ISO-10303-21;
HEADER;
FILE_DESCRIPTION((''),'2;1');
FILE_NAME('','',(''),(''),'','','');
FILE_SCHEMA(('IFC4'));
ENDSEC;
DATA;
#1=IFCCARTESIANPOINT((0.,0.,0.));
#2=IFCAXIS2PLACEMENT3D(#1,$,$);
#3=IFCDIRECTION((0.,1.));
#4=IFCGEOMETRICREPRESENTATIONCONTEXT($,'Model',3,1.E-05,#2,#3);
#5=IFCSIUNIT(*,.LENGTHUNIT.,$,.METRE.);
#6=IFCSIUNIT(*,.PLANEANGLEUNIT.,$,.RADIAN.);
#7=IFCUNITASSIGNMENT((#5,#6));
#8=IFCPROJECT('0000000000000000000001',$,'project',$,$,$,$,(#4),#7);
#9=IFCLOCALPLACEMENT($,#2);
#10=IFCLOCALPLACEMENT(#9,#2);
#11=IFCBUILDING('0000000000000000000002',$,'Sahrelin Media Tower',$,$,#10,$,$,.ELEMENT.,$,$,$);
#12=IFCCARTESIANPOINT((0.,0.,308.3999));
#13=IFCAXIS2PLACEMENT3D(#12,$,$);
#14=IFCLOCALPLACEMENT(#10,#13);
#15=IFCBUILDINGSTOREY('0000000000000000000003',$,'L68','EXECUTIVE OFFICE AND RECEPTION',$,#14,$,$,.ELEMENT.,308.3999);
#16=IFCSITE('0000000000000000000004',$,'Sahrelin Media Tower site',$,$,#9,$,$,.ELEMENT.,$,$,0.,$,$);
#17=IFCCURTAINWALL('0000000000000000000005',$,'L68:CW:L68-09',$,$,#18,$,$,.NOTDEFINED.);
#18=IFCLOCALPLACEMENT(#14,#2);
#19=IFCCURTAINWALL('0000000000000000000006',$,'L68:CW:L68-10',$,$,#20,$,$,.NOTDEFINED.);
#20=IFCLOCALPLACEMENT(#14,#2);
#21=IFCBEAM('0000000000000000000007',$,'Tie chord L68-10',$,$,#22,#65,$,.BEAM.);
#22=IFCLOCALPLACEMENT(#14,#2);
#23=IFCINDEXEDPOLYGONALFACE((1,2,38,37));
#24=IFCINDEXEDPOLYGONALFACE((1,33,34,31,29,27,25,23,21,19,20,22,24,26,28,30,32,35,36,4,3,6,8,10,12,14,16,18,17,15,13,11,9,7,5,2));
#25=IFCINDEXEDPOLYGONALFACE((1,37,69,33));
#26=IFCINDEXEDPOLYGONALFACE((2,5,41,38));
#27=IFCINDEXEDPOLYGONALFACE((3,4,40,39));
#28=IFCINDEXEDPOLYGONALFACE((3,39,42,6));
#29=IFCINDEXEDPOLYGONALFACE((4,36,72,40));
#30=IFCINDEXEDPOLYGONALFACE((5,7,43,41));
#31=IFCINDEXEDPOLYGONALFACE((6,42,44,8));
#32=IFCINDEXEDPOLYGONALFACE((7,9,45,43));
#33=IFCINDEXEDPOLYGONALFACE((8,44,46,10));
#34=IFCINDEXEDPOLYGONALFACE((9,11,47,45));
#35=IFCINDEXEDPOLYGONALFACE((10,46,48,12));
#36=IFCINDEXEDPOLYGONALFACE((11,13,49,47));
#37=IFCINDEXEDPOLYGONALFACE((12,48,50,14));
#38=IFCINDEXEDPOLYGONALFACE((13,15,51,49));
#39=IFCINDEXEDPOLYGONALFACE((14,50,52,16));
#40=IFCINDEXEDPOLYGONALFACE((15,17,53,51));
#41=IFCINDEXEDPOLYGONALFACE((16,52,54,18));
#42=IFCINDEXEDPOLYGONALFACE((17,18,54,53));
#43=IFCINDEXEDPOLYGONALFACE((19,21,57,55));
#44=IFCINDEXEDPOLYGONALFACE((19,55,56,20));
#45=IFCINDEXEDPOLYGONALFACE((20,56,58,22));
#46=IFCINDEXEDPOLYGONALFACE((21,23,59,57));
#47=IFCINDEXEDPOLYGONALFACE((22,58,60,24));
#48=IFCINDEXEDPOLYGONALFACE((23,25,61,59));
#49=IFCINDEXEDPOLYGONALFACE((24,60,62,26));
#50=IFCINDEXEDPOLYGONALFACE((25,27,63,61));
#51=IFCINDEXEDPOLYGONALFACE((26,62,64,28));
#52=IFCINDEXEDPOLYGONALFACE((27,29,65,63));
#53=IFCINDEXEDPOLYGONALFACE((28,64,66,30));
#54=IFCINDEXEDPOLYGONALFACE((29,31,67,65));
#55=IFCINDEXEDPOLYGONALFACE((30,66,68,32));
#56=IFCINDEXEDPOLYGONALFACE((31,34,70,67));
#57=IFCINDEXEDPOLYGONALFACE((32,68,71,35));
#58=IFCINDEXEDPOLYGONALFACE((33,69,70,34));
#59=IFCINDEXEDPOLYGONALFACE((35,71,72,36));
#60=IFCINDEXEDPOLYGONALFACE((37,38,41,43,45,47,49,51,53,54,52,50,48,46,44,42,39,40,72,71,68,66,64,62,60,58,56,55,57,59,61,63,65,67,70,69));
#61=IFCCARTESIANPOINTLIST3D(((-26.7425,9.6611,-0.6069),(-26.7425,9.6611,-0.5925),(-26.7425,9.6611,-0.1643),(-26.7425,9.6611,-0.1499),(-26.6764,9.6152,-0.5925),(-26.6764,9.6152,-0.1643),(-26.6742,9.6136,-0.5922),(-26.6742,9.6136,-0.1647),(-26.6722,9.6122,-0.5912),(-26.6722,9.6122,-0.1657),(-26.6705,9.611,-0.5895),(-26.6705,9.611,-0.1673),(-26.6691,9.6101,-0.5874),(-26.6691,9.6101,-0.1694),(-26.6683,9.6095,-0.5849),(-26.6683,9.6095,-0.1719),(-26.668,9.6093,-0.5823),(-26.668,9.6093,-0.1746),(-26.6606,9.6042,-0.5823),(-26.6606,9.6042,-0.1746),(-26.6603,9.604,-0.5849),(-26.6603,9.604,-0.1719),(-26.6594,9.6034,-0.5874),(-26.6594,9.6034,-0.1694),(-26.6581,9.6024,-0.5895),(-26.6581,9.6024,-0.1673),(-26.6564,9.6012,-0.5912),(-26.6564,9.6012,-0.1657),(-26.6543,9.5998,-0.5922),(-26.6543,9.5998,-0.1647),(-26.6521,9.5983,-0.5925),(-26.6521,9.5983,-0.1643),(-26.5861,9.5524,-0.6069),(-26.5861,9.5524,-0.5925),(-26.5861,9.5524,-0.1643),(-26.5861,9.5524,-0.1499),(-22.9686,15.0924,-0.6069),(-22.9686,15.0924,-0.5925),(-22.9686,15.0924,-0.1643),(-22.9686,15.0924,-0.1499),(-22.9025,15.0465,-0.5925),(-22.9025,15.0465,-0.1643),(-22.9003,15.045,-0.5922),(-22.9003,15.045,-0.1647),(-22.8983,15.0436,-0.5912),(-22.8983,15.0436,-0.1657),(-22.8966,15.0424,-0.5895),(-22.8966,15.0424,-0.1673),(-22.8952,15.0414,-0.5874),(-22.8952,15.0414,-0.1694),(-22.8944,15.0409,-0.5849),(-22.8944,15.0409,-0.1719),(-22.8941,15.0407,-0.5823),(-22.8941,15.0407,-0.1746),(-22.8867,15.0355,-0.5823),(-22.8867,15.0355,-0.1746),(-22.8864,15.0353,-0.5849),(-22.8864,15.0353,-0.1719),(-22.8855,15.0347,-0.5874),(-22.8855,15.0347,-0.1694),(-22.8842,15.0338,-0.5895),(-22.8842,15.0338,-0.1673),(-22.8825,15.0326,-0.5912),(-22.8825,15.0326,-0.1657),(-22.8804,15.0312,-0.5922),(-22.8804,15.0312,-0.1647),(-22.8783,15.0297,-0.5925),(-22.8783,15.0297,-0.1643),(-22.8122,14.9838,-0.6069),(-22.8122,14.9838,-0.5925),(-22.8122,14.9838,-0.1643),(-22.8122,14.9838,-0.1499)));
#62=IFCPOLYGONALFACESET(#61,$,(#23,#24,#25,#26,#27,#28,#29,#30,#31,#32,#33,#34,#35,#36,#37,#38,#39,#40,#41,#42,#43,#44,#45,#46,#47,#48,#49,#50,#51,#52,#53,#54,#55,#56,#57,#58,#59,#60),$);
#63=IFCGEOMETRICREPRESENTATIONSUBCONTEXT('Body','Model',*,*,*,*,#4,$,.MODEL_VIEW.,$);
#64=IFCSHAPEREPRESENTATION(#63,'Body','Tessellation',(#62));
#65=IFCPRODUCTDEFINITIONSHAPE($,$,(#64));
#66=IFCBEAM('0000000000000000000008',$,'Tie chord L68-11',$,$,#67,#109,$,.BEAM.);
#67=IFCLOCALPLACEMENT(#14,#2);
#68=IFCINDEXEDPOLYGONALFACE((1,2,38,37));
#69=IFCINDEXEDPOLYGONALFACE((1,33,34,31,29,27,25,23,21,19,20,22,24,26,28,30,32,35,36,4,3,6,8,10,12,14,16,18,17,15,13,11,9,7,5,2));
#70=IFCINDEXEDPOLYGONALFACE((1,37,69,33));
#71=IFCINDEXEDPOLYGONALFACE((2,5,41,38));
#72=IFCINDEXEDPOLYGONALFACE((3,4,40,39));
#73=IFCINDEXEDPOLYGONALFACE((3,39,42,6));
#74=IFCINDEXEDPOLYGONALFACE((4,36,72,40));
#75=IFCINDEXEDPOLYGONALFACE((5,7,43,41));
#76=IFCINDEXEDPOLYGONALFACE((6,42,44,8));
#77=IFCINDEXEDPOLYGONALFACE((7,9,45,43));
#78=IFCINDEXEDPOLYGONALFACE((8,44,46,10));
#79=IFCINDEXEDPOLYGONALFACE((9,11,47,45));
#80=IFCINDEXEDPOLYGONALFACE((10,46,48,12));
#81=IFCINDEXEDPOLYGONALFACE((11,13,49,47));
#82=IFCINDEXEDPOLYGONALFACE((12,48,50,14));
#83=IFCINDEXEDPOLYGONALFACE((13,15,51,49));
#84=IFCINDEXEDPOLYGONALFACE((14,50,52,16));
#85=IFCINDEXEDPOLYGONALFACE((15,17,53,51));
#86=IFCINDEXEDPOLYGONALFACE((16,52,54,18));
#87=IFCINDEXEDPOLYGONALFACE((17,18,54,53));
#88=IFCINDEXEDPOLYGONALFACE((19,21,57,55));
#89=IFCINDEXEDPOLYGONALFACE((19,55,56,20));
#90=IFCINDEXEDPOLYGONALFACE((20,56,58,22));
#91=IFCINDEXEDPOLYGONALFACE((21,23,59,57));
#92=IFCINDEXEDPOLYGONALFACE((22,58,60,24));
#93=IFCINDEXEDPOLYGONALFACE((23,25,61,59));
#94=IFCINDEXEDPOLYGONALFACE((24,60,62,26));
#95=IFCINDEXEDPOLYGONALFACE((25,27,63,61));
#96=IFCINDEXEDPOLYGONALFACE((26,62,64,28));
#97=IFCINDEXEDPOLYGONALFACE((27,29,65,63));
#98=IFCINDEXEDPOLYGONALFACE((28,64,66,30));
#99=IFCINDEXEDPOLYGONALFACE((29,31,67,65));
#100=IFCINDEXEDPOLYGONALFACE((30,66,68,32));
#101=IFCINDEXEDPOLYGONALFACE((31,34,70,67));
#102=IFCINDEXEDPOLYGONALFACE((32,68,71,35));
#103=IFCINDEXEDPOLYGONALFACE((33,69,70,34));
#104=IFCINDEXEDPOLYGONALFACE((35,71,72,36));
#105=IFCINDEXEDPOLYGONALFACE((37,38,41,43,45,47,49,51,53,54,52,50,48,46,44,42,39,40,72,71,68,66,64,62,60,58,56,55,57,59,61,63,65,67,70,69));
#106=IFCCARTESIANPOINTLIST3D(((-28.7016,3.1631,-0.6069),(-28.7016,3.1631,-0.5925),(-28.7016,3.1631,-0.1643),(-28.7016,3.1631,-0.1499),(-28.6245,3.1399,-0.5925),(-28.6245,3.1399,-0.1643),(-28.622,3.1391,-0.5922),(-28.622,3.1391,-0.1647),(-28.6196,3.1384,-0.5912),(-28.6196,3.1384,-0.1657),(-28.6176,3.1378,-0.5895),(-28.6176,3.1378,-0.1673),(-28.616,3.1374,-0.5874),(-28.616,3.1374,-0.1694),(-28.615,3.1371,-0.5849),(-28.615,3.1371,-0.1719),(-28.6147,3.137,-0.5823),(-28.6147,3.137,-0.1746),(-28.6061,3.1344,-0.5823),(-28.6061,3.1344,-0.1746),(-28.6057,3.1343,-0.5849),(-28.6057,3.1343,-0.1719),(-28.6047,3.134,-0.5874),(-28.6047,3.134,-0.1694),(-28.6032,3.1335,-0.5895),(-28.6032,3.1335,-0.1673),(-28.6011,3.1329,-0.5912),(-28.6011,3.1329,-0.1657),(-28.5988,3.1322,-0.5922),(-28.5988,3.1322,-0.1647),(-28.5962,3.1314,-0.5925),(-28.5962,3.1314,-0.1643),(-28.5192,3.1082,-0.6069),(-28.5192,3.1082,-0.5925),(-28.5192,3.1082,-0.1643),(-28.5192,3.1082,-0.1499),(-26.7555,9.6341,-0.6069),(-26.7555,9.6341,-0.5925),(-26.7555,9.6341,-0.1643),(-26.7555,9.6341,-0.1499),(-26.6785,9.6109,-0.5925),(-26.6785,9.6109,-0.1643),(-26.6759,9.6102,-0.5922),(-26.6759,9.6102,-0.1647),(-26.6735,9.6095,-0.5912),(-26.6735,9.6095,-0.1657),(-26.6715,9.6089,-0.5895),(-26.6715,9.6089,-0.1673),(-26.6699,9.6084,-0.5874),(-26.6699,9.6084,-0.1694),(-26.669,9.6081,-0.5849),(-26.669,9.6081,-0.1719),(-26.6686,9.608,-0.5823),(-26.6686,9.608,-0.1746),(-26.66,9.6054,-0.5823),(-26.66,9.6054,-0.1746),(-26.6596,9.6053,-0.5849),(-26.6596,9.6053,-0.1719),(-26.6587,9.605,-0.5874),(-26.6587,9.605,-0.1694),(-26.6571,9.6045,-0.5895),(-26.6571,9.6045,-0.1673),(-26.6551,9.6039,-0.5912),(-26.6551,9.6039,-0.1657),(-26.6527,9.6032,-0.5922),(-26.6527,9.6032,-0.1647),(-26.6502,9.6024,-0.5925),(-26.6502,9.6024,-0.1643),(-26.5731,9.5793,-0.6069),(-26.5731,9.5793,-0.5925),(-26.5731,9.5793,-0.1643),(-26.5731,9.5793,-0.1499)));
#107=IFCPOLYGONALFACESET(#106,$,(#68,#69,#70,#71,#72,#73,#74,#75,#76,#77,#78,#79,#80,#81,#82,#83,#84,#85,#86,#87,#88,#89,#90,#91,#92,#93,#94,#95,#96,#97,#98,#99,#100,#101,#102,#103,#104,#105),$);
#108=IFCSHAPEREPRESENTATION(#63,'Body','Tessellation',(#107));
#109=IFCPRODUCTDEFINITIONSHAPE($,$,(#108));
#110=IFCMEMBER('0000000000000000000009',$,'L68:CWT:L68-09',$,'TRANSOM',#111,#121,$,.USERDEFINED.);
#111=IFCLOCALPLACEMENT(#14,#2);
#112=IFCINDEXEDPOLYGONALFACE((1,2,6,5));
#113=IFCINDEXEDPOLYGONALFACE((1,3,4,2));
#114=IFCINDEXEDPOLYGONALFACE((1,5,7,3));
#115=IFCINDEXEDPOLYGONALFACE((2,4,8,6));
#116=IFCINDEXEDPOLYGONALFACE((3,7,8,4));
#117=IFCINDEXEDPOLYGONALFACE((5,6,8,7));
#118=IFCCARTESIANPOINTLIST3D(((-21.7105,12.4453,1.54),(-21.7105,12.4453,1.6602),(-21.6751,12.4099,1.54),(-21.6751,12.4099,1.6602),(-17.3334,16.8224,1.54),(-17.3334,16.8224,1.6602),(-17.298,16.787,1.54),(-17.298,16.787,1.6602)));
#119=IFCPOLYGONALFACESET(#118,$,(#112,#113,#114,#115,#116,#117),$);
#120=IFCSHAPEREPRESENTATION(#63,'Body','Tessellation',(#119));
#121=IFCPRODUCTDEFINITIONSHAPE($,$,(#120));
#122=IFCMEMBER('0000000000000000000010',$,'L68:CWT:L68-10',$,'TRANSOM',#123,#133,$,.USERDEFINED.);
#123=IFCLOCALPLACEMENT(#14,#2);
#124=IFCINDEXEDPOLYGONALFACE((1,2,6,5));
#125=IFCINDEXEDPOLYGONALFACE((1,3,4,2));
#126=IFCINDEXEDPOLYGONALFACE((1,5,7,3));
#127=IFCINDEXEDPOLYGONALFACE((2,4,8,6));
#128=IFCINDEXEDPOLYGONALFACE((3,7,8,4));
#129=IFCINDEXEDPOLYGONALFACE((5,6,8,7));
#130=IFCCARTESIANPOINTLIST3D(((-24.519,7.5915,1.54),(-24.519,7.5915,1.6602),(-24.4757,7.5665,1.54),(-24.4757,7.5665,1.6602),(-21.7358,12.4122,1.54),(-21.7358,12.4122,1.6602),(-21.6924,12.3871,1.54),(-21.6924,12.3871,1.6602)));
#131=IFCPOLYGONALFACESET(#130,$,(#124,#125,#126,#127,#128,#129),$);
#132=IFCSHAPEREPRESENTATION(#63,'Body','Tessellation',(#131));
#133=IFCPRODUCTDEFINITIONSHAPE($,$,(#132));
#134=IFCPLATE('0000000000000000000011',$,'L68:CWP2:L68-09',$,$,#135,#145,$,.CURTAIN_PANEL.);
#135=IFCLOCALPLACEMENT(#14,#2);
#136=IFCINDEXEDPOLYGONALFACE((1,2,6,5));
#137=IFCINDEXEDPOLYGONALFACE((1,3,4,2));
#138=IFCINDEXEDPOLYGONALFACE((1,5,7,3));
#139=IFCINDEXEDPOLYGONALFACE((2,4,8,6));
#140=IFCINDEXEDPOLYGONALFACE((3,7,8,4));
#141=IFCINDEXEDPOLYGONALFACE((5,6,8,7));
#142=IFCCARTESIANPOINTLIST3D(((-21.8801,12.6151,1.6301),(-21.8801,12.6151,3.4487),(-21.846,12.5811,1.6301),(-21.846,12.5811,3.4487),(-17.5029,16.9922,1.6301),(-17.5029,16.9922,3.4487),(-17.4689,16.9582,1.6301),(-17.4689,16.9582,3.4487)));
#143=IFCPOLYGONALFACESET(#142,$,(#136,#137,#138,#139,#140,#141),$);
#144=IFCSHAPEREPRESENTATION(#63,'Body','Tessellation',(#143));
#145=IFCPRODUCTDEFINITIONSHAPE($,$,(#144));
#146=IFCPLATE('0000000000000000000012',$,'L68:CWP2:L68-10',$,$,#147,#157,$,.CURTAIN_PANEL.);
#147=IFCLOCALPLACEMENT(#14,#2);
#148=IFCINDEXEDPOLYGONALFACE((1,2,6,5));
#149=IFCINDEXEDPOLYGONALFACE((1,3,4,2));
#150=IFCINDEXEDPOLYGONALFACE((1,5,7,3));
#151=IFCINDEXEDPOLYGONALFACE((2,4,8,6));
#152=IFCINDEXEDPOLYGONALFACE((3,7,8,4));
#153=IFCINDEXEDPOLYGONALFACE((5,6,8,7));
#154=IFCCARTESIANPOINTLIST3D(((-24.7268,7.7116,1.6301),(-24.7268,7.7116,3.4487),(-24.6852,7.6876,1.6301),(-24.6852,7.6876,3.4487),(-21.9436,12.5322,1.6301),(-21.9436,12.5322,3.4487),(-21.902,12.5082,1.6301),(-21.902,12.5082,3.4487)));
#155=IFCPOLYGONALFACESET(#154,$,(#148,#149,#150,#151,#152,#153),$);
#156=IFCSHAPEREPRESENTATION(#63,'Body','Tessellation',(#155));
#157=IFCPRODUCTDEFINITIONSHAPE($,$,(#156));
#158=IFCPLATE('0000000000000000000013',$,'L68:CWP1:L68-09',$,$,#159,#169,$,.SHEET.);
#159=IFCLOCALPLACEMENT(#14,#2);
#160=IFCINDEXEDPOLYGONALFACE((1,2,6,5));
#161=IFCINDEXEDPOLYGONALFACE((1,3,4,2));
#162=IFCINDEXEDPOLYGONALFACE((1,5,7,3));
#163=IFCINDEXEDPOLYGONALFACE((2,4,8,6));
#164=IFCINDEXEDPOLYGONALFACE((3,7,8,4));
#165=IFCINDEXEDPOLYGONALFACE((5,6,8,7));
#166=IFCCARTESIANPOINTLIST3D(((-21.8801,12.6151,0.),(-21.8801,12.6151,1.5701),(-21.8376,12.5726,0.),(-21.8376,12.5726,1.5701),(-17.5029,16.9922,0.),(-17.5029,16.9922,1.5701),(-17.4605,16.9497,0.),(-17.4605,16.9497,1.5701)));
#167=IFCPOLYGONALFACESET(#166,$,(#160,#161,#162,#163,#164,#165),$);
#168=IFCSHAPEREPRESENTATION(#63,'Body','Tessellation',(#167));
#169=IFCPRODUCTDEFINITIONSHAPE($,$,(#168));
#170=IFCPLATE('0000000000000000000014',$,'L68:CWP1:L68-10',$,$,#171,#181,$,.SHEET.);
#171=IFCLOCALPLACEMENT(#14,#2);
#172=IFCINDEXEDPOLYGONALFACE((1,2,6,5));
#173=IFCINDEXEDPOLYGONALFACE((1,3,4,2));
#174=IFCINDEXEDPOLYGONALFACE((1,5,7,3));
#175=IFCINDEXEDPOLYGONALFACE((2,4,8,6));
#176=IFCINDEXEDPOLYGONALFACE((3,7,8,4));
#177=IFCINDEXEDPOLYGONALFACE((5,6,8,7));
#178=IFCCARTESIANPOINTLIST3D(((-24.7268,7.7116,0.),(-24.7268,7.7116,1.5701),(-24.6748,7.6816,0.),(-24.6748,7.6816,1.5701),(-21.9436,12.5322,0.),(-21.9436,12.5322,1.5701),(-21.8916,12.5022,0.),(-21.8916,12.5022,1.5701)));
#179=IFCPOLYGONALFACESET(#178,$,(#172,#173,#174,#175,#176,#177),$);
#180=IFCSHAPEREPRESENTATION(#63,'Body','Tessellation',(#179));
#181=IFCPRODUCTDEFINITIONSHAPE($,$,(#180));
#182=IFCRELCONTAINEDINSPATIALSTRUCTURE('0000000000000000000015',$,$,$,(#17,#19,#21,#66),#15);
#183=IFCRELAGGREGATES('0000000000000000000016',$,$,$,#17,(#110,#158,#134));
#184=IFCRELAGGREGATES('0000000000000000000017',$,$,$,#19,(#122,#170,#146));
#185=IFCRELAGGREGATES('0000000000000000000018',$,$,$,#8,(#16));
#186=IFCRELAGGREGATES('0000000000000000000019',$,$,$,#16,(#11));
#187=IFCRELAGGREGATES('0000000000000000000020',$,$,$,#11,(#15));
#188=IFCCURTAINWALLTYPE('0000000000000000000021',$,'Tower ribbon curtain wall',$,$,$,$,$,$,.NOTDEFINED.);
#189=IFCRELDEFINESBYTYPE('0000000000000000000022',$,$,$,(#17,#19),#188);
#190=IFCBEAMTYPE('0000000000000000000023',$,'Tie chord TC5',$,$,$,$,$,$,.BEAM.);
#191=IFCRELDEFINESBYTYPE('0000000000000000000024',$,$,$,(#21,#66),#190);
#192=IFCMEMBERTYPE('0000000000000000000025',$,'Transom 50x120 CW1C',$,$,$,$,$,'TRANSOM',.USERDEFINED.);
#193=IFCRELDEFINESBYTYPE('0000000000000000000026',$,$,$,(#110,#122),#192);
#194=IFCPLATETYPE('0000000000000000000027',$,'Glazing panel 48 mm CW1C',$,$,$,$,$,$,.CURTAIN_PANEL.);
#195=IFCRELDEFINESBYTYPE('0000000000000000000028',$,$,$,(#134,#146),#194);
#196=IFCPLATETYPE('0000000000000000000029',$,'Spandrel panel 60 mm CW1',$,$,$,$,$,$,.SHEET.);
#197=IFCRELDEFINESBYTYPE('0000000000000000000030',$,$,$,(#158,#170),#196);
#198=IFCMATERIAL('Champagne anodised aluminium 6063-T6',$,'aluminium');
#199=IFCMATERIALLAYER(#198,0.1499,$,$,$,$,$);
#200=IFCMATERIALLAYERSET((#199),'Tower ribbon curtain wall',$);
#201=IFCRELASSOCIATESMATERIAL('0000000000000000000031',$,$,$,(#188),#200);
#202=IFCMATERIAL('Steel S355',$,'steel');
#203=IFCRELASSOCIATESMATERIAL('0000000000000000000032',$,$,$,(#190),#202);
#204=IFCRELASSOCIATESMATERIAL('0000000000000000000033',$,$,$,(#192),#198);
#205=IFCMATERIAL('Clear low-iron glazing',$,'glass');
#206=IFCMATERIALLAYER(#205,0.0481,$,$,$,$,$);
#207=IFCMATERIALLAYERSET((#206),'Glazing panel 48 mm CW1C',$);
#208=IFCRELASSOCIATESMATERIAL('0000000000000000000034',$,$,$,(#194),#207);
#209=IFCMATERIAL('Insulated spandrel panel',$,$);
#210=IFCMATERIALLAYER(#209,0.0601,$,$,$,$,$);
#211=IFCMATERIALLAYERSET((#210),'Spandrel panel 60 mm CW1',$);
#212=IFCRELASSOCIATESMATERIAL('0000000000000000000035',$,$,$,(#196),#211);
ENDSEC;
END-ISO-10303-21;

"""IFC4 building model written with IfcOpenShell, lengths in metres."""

from ifc_helpers import new_model, si_unit, direction, frame, origin, origin_2d, place, context, subcontext, project, spatial, polyline, rectangle, i_section, outline, extrude, material, layer, layer_set, material_profile, profile_set, type_object, element, aggregate, save


model = new_model("IFC4")

# Units and contexts
model_context = context("Model", 3, precision=1e-05, world=origin(), true_north=direction((0.0, 1.0)))
body_context = subcontext(model_context, "Body", "Model", "MODEL_VIEW")
ifc_project = project(units=[si_unit("LENGTHUNIT", "METRE"), si_unit("PLANEANGLEUNIT", "RADIAN")], contexts=[model_context])

# Site, building, storey
site_placement = place(None, origin())
site = spatial("IfcSite", under=ifc_project, at=site_placement, Name="Sahrelin Media Tower site", CompositionType="ELEMENT", RefElevation=0.0)
building_placement = place(site_placement, origin())
building = spatial("IfcBuilding", under=site, at=building_placement, Name="Sahrelin Media Tower", CompositionType="ELEMENT")
storey_placement = place(building_placement, frame((0.0, 0.0, 308.3999)))
storey = spatial("IfcBuildingStorey", under=building, at=storey_placement, Name="L68", Description="EXECUTIVE OFFICE AND RECEPTION", CompositionType="ELEMENT", Elevation=308.3999)

# Shared definitions
ifc_material_1 = material(Name="Steel S355", Category="steel")

# Curtain walls
ifc_material_2 = material(Name="Champagne anodised aluminium 6063-T6", Category="aluminium")
ifc_layer_1 = layer(ifc_material_2, 0.1499)
ifc_layer_set_1 = layer_set([ifc_layer_1], Name="Tower ribbon curtain wall")
curtain_wall_type = type_object("IfcCurtainWallType", Name="Tower ribbon curtain wall", PredefinedType="NOTDEFINED", material=ifc_layer_set_1)
curtain_wall_1_placement = place(storey_placement, frame((-19.6775, 14.7896, 0.0), z_axis=(0.0, 0.0, 1.0), x_axis=(1.0, 0.0, 0.0)))
curtain_wall_1 = element("IfcCurtainWall", 1, at=curtain_wall_1_placement, inside=storey, type_object=curtain_wall_type, Name="L68:CW:L68-09", PredefinedType="NOTDEFINED")
curtain_wall_2_placement = place(storey_placement, frame((-23.3181, 10.1118, 0.0), z_axis=(0.0, 0.0, 1.0), x_axis=(1.0, 0.0, 0.0)))
curtain_wall_2 = element("IfcCurtainWall", 2, at=curtain_wall_2_placement, inside=storey, type_object=curtain_wall_type, Name="L68:CW:L68-10", PredefinedType="NOTDEFINED")

# Beams
ifc_material_profile_1 = material_profile(ifc_material_1, i_section(OverallWidth=0.1904, OverallDepth=0.457, WebThickness=0.009, FlangeThickness=0.0144, FilletRadius=0.0103, at=origin_2d()), Name="UB 457x191x74")
ifc_profile_set_1 = profile_set([ifc_material_profile_1], Name="Steel S355")
beam_type_1 = type_object("IfcBeamType", Name="Tie chord TC5", PredefinedType="BEAM", material=ifc_profile_set_1)
beam_1_placement = place(storey_placement, frame((-22.8904, 15.0381, -0.3784), z_axis=(-0.570612, -0.82122, 0.0), x_axis=(0.82122, -0.570612, 0.0)))
element("IfcBeam", 3, at=beam_1_placement, inside=storey, type_object=beam_type_1, Name="Tie chord L68-10", PredefinedType="BEAM", context=body_context, shape_type="SweptSolid", body=[
    extrude(i_section(OverallWidth=0.1904, OverallDepth=0.457, WebThickness=0.009, FlangeThickness=0.0144, FilletRadius=0.0103, at=origin_2d()), origin(), (0.0, 0.0, 1.0), 6.6138),
])
beam_2_placement = place(storey_placement, frame((-26.6643, 9.6067, -0.3784), z_axis=(-0.287994, -0.957632, 0.0), x_axis=(0.957632, -0.287994, 0.0)))
element("IfcBeam", 4, at=beam_2_placement, inside=storey, type_object=beam_type_1, Name="Tie chord L68-11", PredefinedType="BEAM", context=body_context, shape_type="SweptSolid", body=[
    extrude(i_section(OverallWidth=0.1904, OverallDepth=0.457, WebThickness=0.009, FlangeThickness=0.0144, FilletRadius=0.0103, at=origin_2d()), origin(), (0.0, 0.0, 1.0), 6.7573),
])

# Members
ifc_material_profile_2 = material_profile(ifc_material_2, rectangle(XDim=0.05, YDim=0.1201, at=origin_2d()), Name="Transom 50x120")
ifc_profile_set_2 = profile_set([ifc_material_profile_2], Name="Champagne anodised aluminium 6063-T6")
member_type_1 = type_object("IfcMemberType", Name="Transom 50x120 CW1C", ElementType="TRANSOM", PredefinedType="USERDEFINED", material=ifc_profile_set_2)
member_1_placement = place(storey_placement, frame((-17.3157, 16.8047, 1.6001), z_axis=(-0.707107, -0.707107, 0.0), x_axis=(0.707107, -0.707107, 0.0)))
member_1 = element("IfcMember", 5, at=member_1_placement, type_object=member_type_1, Name="L68:CWT:L68-09", ObjectType="TRANSOM", PredefinedType="USERDEFINED", context=body_context, shape_type="SweptSolid", body=[
    extrude(rectangle(XDim=0.05, YDim=0.1201, at=origin_2d()), origin(), (0.0, 0.0, 1.0), 6.1902),
])
member_2_placement = place(storey_placement, frame((-21.7141, 12.3997, 1.6001), z_axis=(-0.500007, -0.866021, 0.0), x_axis=(0.866021, -0.500007, 0.0)))
member_2 = element("IfcMember", 6, at=member_2_placement, type_object=member_type_1, Name="L68:CWT:L68-10", ObjectType="TRANSOM", PredefinedType="USERDEFINED", context=body_context, shape_type="SweptSolid", body=[
    extrude(rectangle(XDim=0.05, YDim=0.1201, at=origin_2d()), origin(), (0.0, 0.0, 1.0), 5.5664),
])

# Plates
ifc_material_3 = material(Name="Clear low-iron glazing", Category="glass")
ifc_layer_2 = layer(ifc_material_3, 0.0481)
ifc_layer_set_2 = layer_set([ifc_layer_2], Name="Glazing panel 48 mm CW1C")
plate_type_1 = type_object("IfcPlateType", Name="Glazing panel 48 mm CW1C", PredefinedType="CURTAIN_PANEL", material=ifc_layer_set_2)
plate_1_placement = place(storey_placement, frame((-17.5029, 16.9922, 1.6301), z_axis=(-0.707107, 0.707107, 0.0), x_axis=(-0.707107, -0.707107, 0.0)))
plate_1 = element("IfcPlate", 7, at=plate_1_placement, type_object=plate_type_1, Name="L68:CWP2:L68-09", PredefinedType="CURTAIN_PANEL", context=body_context, shape_type="SweptSolid", body=[
    extrude(outline(polyline([(0.0, 0.0), (6.1902, 0.0), (6.1902, 1.8186), (0.0, 1.8186), (0.0, 0.0)])), origin(), (0.0, 0.0, -1.0), 0.0481),
])
plate_2_placement = place(storey_placement, frame((-21.9436, 12.5322, 1.6301), z_axis=(-0.866021, 0.500007, 0.0), x_axis=(-0.500007, -0.866021, 0.0)))
plate_2 = element("IfcPlate", 8, at=plate_2_placement, type_object=plate_type_1, Name="L68:CWP2:L68-10", PredefinedType="CURTAIN_PANEL", context=body_context, shape_type="SweptSolid", body=[
    extrude(outline(polyline([(0.0, 0.0), (5.5664, 0.0), (5.5664, 1.8186), (0.0, 1.8186), (0.0, 0.0)])), origin(), (0.0, 0.0, -1.0), 0.0481),
])
ifc_material_4 = material(Name="Insulated spandrel panel")
ifc_layer_3 = layer(ifc_material_4, 0.0601)
ifc_layer_set_3 = layer_set([ifc_layer_3], Name="Spandrel panel 60 mm CW1")
plate_type_2 = type_object("IfcPlateType", Name="Spandrel panel 60 mm CW1", PredefinedType="SHEET", material=ifc_layer_set_3)
plate_3_placement = place(storey_placement, frame((-17.5029, 16.9922, 0.0), z_axis=(-0.707107, 0.707107, 0.0), x_axis=(-0.707107, -0.707107, 0.0)))
plate_3 = element("IfcPlate", 9, at=plate_3_placement, type_object=plate_type_2, Name="L68:CWP1:L68-09", PredefinedType="SHEET", context=body_context, shape_type="SweptSolid", body=[
    extrude(outline(polyline([(0.0, 0.0), (6.1902, 0.0), (6.1902, 1.5701), (0.0, 1.5701), (0.0, 0.0)])), origin(), (0.0, 0.0, -1.0), 0.0601),
])
aggregate(curtain_wall_1, [member_1, plate_3, plate_1])
plate_4_placement = place(storey_placement, frame((-21.9436, 12.5322, 0.0), z_axis=(-0.866021, 0.500007, 0.0), x_axis=(-0.500007, -0.866021, 0.0)))
plate_4 = element("IfcPlate", 10, at=plate_4_placement, type_object=plate_type_2, Name="L68:CWP1:L68-10", PredefinedType="SHEET", context=body_context, shape_type="SweptSolid", body=[
    extrude(outline(polyline([(0.0, 0.0), (5.5664, 0.0), (5.5664, 1.5701), (0.0, 1.5701), (0.0, 0.0)])), origin(), (0.0, 0.0, -1.0), 0.0601),
])
aggregate(curtain_wall_2, [member_2, plate_4, plate_2])

save(model, "model.ifc")
